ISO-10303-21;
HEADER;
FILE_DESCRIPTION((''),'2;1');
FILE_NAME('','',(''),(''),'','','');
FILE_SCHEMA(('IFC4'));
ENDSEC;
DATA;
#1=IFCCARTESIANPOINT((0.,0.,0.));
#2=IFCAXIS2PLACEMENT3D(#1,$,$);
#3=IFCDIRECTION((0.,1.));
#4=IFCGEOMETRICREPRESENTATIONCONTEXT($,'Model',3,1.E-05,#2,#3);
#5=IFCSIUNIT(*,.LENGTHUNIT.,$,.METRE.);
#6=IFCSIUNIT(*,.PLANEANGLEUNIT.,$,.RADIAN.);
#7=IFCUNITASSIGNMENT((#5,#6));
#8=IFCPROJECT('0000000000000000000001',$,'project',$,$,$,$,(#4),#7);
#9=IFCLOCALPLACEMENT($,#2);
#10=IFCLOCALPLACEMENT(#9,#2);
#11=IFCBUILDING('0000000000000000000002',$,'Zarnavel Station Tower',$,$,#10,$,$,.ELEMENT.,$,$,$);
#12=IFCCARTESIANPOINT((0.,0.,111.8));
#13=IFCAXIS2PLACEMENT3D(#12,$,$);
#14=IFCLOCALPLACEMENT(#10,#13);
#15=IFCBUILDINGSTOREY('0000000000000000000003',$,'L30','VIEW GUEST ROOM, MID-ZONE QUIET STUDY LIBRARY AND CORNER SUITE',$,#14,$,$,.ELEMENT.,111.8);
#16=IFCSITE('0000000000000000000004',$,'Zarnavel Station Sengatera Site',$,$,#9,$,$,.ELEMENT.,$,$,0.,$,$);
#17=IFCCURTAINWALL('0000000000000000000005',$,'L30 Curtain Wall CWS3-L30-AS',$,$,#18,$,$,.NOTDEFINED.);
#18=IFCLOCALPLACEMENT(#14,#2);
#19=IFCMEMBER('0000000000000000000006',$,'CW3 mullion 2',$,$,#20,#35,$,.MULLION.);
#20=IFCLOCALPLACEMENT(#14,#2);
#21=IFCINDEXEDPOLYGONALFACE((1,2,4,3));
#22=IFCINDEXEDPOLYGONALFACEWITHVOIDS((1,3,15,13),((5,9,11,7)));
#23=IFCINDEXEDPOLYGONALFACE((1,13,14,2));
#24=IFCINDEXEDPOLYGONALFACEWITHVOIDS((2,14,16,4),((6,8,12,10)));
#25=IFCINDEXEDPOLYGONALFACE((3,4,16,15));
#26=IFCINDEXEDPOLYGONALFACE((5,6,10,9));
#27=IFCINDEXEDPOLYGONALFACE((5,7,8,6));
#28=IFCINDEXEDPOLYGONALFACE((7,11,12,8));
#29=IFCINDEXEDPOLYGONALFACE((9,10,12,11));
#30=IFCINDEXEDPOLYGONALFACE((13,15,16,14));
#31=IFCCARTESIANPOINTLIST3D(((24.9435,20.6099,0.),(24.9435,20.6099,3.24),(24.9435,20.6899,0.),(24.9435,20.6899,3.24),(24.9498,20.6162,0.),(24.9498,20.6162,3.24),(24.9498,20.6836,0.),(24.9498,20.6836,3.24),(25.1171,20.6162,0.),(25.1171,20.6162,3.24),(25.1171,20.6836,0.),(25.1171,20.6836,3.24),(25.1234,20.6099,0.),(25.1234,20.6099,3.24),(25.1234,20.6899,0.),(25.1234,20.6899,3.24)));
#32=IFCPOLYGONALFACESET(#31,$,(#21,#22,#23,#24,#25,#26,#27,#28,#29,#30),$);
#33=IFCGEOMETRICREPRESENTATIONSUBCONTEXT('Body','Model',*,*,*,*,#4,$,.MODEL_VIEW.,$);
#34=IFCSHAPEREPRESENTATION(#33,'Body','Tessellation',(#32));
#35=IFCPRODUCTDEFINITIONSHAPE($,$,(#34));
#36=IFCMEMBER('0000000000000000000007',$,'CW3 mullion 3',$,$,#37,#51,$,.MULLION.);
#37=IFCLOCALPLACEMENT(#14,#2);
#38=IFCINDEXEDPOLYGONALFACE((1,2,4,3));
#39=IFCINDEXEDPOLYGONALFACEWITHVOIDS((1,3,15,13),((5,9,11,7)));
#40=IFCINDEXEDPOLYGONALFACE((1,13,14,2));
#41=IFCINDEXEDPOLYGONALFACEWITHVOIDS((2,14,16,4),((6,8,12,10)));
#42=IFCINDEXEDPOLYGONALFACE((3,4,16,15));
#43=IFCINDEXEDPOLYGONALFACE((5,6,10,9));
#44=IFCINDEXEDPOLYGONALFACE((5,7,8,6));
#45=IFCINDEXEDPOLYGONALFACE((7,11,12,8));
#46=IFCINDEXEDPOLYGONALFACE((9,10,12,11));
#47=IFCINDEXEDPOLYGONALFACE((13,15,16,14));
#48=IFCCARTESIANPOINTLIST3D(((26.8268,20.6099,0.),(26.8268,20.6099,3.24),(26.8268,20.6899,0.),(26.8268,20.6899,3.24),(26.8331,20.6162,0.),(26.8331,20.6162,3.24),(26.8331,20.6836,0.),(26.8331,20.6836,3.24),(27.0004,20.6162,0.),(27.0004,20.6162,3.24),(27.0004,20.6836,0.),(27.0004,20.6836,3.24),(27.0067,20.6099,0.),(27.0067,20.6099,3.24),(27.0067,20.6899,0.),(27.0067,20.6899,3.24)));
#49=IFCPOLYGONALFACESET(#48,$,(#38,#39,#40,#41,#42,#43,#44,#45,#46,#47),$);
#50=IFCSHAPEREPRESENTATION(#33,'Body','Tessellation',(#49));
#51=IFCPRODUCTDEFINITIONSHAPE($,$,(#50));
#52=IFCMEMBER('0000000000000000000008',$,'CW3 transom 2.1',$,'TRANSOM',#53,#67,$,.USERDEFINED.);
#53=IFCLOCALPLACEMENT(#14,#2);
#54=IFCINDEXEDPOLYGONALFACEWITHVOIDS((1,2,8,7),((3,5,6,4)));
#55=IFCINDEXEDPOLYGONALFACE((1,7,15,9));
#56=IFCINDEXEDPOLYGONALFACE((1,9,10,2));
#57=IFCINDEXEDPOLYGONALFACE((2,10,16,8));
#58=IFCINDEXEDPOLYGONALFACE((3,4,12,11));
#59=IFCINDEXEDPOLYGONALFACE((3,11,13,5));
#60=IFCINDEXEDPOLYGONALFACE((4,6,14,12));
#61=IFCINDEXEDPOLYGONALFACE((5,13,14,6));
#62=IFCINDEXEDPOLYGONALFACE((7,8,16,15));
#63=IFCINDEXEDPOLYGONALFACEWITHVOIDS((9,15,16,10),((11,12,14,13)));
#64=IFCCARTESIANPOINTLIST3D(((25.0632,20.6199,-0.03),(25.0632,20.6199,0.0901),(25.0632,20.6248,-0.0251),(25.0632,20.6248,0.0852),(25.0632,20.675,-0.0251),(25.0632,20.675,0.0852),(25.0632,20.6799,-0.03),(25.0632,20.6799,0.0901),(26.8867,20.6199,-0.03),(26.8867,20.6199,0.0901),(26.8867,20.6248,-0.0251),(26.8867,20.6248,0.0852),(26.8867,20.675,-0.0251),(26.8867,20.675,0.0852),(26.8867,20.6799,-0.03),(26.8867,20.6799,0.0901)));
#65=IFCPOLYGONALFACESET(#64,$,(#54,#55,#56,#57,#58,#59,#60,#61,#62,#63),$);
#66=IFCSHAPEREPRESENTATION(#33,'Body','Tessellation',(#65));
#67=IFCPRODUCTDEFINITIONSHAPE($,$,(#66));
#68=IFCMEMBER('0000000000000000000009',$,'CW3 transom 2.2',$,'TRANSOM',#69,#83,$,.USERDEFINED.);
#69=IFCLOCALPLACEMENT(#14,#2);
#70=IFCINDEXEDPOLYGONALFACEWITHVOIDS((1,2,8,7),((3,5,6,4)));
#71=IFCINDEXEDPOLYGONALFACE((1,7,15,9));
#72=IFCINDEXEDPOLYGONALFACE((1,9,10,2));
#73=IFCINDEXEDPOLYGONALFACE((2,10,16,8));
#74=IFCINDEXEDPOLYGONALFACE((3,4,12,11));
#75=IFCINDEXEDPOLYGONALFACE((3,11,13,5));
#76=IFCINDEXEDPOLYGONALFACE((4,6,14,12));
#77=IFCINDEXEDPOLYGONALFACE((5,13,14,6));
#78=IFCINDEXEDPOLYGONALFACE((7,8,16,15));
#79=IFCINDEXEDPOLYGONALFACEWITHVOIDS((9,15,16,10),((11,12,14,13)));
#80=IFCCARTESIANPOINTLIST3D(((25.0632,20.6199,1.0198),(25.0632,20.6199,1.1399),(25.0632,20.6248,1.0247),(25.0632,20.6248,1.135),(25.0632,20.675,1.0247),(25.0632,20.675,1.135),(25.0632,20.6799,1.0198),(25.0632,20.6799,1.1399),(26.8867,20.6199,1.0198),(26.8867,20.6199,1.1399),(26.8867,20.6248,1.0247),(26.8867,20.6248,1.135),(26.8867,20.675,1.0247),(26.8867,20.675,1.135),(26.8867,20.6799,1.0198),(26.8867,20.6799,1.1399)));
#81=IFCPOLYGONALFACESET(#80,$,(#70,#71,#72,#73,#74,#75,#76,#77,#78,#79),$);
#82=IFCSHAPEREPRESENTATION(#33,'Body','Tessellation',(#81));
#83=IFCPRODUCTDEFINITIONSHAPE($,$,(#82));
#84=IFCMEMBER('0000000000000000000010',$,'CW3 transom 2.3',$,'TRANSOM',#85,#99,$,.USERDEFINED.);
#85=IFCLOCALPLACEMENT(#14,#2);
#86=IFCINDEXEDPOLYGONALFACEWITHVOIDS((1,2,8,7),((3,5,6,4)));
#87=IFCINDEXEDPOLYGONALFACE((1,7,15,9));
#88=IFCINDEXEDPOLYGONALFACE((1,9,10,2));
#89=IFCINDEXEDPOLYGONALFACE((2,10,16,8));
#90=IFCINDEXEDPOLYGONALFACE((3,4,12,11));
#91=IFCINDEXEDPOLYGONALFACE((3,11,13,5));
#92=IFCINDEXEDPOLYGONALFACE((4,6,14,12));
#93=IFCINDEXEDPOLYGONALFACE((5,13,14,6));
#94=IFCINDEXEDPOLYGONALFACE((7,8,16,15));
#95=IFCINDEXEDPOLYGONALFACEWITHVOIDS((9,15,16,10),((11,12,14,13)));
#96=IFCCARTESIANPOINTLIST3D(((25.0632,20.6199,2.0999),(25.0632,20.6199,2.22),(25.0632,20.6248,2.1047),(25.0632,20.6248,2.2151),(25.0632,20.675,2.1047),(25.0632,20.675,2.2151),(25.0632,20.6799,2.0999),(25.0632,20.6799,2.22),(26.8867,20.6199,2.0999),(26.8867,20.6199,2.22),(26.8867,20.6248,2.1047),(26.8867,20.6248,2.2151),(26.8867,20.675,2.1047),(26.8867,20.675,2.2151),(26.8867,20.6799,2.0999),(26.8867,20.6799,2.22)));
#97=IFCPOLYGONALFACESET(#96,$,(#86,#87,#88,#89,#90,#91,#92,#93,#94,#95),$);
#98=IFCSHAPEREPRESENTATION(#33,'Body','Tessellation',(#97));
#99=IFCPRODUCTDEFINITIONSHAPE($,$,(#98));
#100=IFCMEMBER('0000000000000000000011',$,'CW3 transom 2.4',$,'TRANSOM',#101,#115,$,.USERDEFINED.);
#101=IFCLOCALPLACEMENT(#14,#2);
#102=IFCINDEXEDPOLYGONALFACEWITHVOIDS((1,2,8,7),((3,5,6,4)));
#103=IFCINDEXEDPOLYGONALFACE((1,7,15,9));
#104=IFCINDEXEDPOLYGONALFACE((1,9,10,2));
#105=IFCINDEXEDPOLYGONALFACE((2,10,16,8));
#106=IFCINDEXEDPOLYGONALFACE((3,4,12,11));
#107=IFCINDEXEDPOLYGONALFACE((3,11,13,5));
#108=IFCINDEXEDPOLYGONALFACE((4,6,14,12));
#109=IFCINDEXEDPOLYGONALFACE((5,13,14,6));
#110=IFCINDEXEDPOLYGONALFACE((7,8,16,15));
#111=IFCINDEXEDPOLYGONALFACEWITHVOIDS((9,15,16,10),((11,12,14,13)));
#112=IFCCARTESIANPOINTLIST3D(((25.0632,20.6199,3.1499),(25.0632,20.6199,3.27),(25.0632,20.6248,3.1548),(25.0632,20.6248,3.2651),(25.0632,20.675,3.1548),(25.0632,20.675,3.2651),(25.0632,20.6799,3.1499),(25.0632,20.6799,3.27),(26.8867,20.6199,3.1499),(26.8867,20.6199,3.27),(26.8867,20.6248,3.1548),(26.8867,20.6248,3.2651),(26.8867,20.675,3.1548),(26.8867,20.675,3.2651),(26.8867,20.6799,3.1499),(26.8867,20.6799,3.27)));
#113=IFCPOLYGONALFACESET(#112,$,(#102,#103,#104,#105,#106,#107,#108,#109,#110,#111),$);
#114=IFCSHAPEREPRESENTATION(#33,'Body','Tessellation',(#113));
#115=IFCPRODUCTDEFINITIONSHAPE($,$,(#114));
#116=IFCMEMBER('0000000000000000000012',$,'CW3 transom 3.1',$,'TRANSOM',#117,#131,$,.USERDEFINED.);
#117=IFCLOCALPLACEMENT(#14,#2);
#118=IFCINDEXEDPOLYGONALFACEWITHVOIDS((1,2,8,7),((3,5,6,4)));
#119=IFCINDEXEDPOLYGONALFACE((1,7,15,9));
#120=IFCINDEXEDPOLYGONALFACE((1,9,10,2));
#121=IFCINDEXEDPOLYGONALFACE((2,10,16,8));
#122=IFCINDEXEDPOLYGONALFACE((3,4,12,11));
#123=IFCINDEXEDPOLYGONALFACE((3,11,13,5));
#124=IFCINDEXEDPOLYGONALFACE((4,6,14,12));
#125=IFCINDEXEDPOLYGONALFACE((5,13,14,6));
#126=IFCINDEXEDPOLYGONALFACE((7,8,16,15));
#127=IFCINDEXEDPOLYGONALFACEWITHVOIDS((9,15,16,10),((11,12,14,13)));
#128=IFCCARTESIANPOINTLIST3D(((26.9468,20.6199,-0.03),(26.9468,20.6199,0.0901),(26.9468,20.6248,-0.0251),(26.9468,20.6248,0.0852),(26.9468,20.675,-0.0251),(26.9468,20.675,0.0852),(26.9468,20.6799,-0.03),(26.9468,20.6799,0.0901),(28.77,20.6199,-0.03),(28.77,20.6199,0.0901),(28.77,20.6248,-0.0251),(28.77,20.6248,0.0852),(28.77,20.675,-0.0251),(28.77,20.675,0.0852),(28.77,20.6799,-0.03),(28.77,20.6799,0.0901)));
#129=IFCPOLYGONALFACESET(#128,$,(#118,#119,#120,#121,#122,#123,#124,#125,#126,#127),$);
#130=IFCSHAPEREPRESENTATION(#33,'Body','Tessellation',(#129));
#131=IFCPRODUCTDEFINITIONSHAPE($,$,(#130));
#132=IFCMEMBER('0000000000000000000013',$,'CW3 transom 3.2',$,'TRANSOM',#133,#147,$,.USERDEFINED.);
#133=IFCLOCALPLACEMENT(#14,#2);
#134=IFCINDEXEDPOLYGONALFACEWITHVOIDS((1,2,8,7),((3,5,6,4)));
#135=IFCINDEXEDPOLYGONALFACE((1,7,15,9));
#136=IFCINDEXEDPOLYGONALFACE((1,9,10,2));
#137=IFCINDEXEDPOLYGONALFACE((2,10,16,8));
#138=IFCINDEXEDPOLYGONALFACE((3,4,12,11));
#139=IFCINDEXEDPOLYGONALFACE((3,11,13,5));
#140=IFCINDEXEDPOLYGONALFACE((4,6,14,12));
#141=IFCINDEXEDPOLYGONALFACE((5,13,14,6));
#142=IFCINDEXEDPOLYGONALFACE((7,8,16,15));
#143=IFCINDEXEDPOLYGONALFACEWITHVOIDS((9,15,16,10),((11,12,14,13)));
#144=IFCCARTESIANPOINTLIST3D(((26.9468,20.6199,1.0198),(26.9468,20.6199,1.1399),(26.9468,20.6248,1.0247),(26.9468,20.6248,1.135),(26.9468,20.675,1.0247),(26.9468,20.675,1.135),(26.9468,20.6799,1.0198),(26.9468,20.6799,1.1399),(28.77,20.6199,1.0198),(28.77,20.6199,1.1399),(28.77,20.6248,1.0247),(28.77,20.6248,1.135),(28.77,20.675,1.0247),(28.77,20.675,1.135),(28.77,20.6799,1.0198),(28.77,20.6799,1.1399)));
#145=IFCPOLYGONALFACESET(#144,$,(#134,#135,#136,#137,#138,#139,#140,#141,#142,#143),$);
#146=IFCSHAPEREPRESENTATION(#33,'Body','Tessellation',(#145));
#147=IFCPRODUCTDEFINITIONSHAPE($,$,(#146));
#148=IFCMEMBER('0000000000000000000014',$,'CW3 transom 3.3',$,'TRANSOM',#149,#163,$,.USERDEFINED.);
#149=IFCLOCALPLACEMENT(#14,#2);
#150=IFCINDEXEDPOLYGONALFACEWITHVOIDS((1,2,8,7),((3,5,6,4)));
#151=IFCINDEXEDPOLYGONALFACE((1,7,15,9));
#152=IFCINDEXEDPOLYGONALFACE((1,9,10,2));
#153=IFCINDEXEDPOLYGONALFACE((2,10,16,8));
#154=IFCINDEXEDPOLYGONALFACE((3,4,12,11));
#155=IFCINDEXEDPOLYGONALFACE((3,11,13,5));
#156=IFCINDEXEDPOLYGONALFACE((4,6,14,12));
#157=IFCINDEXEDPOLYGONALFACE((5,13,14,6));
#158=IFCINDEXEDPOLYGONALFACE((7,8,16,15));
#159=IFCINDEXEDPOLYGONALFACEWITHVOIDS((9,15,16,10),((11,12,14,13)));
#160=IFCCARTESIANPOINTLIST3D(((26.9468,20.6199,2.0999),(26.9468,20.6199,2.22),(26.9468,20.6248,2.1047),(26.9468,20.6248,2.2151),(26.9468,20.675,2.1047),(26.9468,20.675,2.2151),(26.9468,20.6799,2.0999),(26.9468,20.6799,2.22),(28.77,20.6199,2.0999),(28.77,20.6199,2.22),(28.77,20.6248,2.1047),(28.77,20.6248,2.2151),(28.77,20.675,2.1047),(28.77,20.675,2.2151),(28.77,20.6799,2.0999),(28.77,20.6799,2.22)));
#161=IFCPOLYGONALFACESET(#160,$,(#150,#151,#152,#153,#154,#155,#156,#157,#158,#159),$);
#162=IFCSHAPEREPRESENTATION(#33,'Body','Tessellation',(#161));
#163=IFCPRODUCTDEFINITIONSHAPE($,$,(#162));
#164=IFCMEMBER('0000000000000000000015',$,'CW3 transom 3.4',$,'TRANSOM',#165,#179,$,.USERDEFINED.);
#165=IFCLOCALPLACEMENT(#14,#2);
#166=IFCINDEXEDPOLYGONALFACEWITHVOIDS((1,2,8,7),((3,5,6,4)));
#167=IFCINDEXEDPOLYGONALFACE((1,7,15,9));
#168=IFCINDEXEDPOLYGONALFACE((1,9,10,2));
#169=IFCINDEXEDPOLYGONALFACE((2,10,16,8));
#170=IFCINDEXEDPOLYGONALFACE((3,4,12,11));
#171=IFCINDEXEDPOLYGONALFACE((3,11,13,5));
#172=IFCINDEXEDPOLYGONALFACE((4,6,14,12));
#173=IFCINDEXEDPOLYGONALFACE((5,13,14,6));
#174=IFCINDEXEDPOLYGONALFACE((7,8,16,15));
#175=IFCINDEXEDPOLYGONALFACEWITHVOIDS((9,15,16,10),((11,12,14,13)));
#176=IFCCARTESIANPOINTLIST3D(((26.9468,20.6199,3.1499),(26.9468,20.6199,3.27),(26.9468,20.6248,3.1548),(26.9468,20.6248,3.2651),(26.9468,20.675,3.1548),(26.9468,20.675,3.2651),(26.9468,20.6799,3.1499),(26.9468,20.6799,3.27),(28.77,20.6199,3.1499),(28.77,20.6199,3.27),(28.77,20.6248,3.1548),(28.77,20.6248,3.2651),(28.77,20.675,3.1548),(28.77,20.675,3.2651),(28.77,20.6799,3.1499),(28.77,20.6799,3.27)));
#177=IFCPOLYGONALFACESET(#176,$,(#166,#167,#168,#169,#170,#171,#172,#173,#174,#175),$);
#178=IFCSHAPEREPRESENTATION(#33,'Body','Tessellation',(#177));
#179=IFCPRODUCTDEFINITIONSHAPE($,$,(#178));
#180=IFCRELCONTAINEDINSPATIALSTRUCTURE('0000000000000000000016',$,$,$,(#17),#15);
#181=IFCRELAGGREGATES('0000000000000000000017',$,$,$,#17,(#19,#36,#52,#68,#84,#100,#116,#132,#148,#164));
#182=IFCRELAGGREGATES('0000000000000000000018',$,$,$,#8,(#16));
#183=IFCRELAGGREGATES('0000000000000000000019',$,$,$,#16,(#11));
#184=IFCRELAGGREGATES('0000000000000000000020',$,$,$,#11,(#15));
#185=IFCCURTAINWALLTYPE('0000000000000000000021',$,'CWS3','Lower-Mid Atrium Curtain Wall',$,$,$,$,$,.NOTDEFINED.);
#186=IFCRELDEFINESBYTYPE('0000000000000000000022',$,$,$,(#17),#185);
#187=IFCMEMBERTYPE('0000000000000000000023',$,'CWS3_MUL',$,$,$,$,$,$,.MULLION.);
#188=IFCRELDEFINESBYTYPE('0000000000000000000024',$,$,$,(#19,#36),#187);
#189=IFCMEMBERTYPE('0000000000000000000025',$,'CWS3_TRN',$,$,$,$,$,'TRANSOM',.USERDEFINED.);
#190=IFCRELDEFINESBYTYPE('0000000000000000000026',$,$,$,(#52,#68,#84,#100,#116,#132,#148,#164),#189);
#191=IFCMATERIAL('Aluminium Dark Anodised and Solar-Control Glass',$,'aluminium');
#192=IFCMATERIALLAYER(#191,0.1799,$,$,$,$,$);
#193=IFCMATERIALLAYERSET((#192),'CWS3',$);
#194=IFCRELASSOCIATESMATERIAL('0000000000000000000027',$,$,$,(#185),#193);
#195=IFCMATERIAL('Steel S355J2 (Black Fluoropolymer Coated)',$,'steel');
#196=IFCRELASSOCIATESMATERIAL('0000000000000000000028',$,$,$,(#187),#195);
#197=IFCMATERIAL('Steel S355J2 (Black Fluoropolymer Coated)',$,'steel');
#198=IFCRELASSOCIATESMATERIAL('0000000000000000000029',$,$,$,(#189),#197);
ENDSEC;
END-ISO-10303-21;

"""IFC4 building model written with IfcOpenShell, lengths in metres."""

from ifc_helpers import new_model, si_unit, direction, frame, origin, origin_2d, place, context, subcontext, project, spatial, hollow_rectangle, extrude, material, layer, layer_set, material_profile, profile_set, type_object, element, aggregate, save


model = new_model("IFC4")

# Units and contexts
model_context = context("Model", 3, precision=1e-05, world=origin(), true_north=direction((0.0, 1.0)))
body_context = subcontext(model_context, "Body", "Model", "MODEL_VIEW")
ifc_project = project(units=[si_unit("LENGTHUNIT", "METRE"), si_unit("PLANEANGLEUNIT", "RADIAN")], contexts=[model_context])

# Site, building, storey
site_placement = place(None, origin())
site = spatial("IfcSite", under=ifc_project, at=site_placement, Name="Zarnavel Station Sengatera Site", CompositionType="ELEMENT", RefElevation=0.0)
building_placement = place(site_placement, origin())
building = spatial("IfcBuilding", under=site, at=building_placement, Name="Zarnavel Station Tower", CompositionType="ELEMENT")
storey_placement = place(building_placement, frame((0.0, 0.0, 111.8)))
storey = spatial("IfcBuildingStorey", under=building, at=storey_placement, Name="L30", Description="VIEW GUEST ROOM, MID-ZONE QUIET STUDY LIBRARY AND CORNER SUITE", CompositionType="ELEMENT", Elevation=111.8)

# Curtain wall, members
ifc_material_1 = material(Name="Aluminium Dark Anodised and Solar-Control Glass", Category="aluminium")
ifc_layer_1 = layer(ifc_material_1, 0.1799)
ifc_layer_set_1 = layer_set([ifc_layer_1], Name="CWS3")
curtain_wall_type_1 = type_object("IfcCurtainWallType", Name="CWS3", Description="Lower-Mid Atrium Curtain Wall", PredefinedType="NOTDEFINED", material=ifc_layer_set_1)
curtain_wall_1_placement = place(storey_placement, origin())
curtain_wall_1 = element("IfcCurtainWall", 1, at=curtain_wall_1_placement, inside=storey, type_object=curtain_wall_type_1, Name="L30 Curtain Wall CWS3-L30-AS", PredefinedType="NOTDEFINED")
ifc_material_2 = material(Name="Steel S355J2 (Black Fluoropolymer Coated)", Category="steel")
ifc_material_profile_1 = material_profile(ifc_material_2, hollow_rectangle(XDim=0.0801, YDim=0.1799, WallThickness=0.0063, at=origin_2d()), Name="RHS180x80x6.3")
ifc_profile_set_1 = profile_set([ifc_material_profile_1], Name="Steel S355J2 (Black Fluoropolymer Coated)")
member_type_1 = type_object("IfcMemberType", Name="CWS3_MUL", PredefinedType="MULLION", material=ifc_profile_set_1)
member_1_placement = place(storey_placement, frame((25.0334, 20.6499, 0.0), z_axis=(0.0, 0.0, 1.0), x_axis=(0.0, 1.0, 0.0)))
member_1 = element("IfcMember", 2, at=member_1_placement, type_object=member_type_1, Name="CW3 mullion 2", PredefinedType="MULLION", context=body_context, shape_type="SweptSolid", body=[
    extrude(hollow_rectangle(XDim=0.0801, YDim=0.1799, WallThickness=0.0063, at=origin_2d()), origin(), (0.0, 0.0, 1.0), 3.24),
])
member_2_placement = place(storey_placement, frame((26.9167, 20.6499, 0.0), z_axis=(0.0, 0.0, 1.0), x_axis=(0.0, 1.0, 0.0)))
member_2 = element("IfcMember", 3, at=member_2_placement, type_object=member_type_1, Name="CW3 mullion 3", PredefinedType="MULLION", context=body_context, shape_type="SweptSolid", body=[
    extrude(hollow_rectangle(XDim=0.0801, YDim=0.1799, WallThickness=0.0063, at=origin_2d()), origin(), (0.0, 0.0, 1.0), 3.24),
])
ifc_material_3 = material(Name="Steel S355J2 (Black Fluoropolymer Coated)", Category="steel")
ifc_material_profile_2 = material_profile(ifc_material_3, hollow_rectangle(XDim=0.0601, YDim=0.1201, WallThickness=0.0049, at=origin_2d()), Name="RHS120x60x5")
ifc_profile_set_2 = profile_set([ifc_material_profile_2], Name="Steel S355J2 (Black Fluoropolymer Coated)")
member_type_2 = type_object("IfcMemberType", Name="CWS3_TRN", ElementType="TRANSOM", PredefinedType="USERDEFINED", material=ifc_profile_set_2)
member_3_placement = place(storey_placement, frame((25.0632, 20.6499, 0.03), z_axis=(1.0, 0.0, 0.0), x_axis=(0.0, 1.0, 0.0)))
member_3 = element("IfcMember", 4, at=member_3_placement, type_object=member_type_2, Name="CW3 transom 2.1", ObjectType="TRANSOM", PredefinedType="USERDEFINED", context=body_context, shape_type="SweptSolid", body=[
    extrude(hollow_rectangle(XDim=0.0601, YDim=0.1201, WallThickness=0.0049, at=origin_2d()), origin(), (0.0, 0.0, 1.0), 1.8235),
])
member_4_placement = place(storey_placement, frame((25.0632, 20.6499, 1.0798), z_axis=(1.0, 0.0, 0.0), x_axis=(0.0, 1.0, 0.0)))
member_4 = element("IfcMember", 5, at=member_4_placement, type_object=member_type_2, Name="CW3 transom 2.2", ObjectType="TRANSOM", PredefinedType="USERDEFINED", context=body_context, shape_type="SweptSolid", body=[
    extrude(hollow_rectangle(XDim=0.0601, YDim=0.1201, WallThickness=0.0049, at=origin_2d()), origin(), (0.0, 0.0, 1.0), 1.8235),
])
member_5_placement = place(storey_placement, frame((25.0632, 20.6499, 2.1599), z_axis=(1.0, 0.0, 0.0), x_axis=(0.0, 1.0, 0.0)))
member_5 = element("IfcMember", 6, at=member_5_placement, type_object=member_type_2, Name="CW3 transom 2.3", ObjectType="TRANSOM", PredefinedType="USERDEFINED", context=body_context, shape_type="SweptSolid", body=[
    extrude(hollow_rectangle(XDim=0.0601, YDim=0.1201, WallThickness=0.0049, at=origin_2d()), origin(), (0.0, 0.0, 1.0), 1.8235),
])
member_6_placement = place(storey_placement, frame((25.0632, 20.6499, 3.21), z_axis=(1.0, 0.0, 0.0), x_axis=(0.0, 1.0, 0.0)))
member_6 = element("IfcMember", 7, at=member_6_placement, type_object=member_type_2, Name="CW3 transom 2.4", ObjectType="TRANSOM", PredefinedType="USERDEFINED", context=body_context, shape_type="SweptSolid", body=[
    extrude(hollow_rectangle(XDim=0.0601, YDim=0.1201, WallThickness=0.0049, at=origin_2d()), origin(), (0.0, 0.0, 1.0), 1.8235),
])
member_7_placement = place(storey_placement, frame((26.9468, 20.6499, 0.03), z_axis=(1.0, 0.0, 0.0), x_axis=(0.0, 1.0, 0.0)))
member_7 = element("IfcMember", 8, at=member_7_placement, type_object=member_type_2, Name="CW3 transom 3.1", ObjectType="TRANSOM", PredefinedType="USERDEFINED", context=body_context, shape_type="SweptSolid", body=[
    extrude(hollow_rectangle(XDim=0.0601, YDim=0.1201, WallThickness=0.0049, at=origin_2d()), origin(), (0.0, 0.0, 1.0), 1.8232),
])
member_8_placement = place(storey_placement, frame((26.9468, 20.6499, 1.0798), z_axis=(1.0, 0.0, 0.0), x_axis=(0.0, 1.0, 0.0)))
member_8 = element("IfcMember", 9, at=member_8_placement, type_object=member_type_2, Name="CW3 transom 3.2", ObjectType="TRANSOM", PredefinedType="USERDEFINED", context=body_context, shape_type="SweptSolid", body=[
    extrude(hollow_rectangle(XDim=0.0601, YDim=0.1201, WallThickness=0.0049, at=origin_2d()), origin(), (0.0, 0.0, 1.0), 1.8232),
])
member_9_placement = place(storey_placement, frame((26.9468, 20.6499, 2.1599), z_axis=(1.0, 0.0, 0.0), x_axis=(0.0, 1.0, 0.0)))
member_9 = element("IfcMember", 10, at=member_9_placement, type_object=member_type_2, Name="CW3 transom 3.3", ObjectType="TRANSOM", PredefinedType="USERDEFINED", context=body_context, shape_type="SweptSolid", body=[
    extrude(hollow_rectangle(XDim=0.0601, YDim=0.1201, WallThickness=0.0049, at=origin_2d()), origin(), (0.0, 0.0, 1.0), 1.8232),
])
member_10_placement = place(storey_placement, frame((26.9468, 20.6499, 3.21), z_axis=(1.0, 0.0, 0.0), x_axis=(0.0, 1.0, 0.0)))
member_10 = element("IfcMember", 11, at=member_10_placement, type_object=member_type_2, Name="CW3 transom 3.4", ObjectType="TRANSOM", PredefinedType="USERDEFINED", context=body_context, shape_type="SweptSolid", body=[
    extrude(hollow_rectangle(XDim=0.0601, YDim=0.1201, WallThickness=0.0049, at=origin_2d()), origin(), (0.0, 0.0, 1.0), 1.8232),
])

aggregate(curtain_wall_1, [member_1, member_2, member_3, member_4, member_5, member_6, member_7, member_8, member_9, member_10])

save(model, "model.ifc")
